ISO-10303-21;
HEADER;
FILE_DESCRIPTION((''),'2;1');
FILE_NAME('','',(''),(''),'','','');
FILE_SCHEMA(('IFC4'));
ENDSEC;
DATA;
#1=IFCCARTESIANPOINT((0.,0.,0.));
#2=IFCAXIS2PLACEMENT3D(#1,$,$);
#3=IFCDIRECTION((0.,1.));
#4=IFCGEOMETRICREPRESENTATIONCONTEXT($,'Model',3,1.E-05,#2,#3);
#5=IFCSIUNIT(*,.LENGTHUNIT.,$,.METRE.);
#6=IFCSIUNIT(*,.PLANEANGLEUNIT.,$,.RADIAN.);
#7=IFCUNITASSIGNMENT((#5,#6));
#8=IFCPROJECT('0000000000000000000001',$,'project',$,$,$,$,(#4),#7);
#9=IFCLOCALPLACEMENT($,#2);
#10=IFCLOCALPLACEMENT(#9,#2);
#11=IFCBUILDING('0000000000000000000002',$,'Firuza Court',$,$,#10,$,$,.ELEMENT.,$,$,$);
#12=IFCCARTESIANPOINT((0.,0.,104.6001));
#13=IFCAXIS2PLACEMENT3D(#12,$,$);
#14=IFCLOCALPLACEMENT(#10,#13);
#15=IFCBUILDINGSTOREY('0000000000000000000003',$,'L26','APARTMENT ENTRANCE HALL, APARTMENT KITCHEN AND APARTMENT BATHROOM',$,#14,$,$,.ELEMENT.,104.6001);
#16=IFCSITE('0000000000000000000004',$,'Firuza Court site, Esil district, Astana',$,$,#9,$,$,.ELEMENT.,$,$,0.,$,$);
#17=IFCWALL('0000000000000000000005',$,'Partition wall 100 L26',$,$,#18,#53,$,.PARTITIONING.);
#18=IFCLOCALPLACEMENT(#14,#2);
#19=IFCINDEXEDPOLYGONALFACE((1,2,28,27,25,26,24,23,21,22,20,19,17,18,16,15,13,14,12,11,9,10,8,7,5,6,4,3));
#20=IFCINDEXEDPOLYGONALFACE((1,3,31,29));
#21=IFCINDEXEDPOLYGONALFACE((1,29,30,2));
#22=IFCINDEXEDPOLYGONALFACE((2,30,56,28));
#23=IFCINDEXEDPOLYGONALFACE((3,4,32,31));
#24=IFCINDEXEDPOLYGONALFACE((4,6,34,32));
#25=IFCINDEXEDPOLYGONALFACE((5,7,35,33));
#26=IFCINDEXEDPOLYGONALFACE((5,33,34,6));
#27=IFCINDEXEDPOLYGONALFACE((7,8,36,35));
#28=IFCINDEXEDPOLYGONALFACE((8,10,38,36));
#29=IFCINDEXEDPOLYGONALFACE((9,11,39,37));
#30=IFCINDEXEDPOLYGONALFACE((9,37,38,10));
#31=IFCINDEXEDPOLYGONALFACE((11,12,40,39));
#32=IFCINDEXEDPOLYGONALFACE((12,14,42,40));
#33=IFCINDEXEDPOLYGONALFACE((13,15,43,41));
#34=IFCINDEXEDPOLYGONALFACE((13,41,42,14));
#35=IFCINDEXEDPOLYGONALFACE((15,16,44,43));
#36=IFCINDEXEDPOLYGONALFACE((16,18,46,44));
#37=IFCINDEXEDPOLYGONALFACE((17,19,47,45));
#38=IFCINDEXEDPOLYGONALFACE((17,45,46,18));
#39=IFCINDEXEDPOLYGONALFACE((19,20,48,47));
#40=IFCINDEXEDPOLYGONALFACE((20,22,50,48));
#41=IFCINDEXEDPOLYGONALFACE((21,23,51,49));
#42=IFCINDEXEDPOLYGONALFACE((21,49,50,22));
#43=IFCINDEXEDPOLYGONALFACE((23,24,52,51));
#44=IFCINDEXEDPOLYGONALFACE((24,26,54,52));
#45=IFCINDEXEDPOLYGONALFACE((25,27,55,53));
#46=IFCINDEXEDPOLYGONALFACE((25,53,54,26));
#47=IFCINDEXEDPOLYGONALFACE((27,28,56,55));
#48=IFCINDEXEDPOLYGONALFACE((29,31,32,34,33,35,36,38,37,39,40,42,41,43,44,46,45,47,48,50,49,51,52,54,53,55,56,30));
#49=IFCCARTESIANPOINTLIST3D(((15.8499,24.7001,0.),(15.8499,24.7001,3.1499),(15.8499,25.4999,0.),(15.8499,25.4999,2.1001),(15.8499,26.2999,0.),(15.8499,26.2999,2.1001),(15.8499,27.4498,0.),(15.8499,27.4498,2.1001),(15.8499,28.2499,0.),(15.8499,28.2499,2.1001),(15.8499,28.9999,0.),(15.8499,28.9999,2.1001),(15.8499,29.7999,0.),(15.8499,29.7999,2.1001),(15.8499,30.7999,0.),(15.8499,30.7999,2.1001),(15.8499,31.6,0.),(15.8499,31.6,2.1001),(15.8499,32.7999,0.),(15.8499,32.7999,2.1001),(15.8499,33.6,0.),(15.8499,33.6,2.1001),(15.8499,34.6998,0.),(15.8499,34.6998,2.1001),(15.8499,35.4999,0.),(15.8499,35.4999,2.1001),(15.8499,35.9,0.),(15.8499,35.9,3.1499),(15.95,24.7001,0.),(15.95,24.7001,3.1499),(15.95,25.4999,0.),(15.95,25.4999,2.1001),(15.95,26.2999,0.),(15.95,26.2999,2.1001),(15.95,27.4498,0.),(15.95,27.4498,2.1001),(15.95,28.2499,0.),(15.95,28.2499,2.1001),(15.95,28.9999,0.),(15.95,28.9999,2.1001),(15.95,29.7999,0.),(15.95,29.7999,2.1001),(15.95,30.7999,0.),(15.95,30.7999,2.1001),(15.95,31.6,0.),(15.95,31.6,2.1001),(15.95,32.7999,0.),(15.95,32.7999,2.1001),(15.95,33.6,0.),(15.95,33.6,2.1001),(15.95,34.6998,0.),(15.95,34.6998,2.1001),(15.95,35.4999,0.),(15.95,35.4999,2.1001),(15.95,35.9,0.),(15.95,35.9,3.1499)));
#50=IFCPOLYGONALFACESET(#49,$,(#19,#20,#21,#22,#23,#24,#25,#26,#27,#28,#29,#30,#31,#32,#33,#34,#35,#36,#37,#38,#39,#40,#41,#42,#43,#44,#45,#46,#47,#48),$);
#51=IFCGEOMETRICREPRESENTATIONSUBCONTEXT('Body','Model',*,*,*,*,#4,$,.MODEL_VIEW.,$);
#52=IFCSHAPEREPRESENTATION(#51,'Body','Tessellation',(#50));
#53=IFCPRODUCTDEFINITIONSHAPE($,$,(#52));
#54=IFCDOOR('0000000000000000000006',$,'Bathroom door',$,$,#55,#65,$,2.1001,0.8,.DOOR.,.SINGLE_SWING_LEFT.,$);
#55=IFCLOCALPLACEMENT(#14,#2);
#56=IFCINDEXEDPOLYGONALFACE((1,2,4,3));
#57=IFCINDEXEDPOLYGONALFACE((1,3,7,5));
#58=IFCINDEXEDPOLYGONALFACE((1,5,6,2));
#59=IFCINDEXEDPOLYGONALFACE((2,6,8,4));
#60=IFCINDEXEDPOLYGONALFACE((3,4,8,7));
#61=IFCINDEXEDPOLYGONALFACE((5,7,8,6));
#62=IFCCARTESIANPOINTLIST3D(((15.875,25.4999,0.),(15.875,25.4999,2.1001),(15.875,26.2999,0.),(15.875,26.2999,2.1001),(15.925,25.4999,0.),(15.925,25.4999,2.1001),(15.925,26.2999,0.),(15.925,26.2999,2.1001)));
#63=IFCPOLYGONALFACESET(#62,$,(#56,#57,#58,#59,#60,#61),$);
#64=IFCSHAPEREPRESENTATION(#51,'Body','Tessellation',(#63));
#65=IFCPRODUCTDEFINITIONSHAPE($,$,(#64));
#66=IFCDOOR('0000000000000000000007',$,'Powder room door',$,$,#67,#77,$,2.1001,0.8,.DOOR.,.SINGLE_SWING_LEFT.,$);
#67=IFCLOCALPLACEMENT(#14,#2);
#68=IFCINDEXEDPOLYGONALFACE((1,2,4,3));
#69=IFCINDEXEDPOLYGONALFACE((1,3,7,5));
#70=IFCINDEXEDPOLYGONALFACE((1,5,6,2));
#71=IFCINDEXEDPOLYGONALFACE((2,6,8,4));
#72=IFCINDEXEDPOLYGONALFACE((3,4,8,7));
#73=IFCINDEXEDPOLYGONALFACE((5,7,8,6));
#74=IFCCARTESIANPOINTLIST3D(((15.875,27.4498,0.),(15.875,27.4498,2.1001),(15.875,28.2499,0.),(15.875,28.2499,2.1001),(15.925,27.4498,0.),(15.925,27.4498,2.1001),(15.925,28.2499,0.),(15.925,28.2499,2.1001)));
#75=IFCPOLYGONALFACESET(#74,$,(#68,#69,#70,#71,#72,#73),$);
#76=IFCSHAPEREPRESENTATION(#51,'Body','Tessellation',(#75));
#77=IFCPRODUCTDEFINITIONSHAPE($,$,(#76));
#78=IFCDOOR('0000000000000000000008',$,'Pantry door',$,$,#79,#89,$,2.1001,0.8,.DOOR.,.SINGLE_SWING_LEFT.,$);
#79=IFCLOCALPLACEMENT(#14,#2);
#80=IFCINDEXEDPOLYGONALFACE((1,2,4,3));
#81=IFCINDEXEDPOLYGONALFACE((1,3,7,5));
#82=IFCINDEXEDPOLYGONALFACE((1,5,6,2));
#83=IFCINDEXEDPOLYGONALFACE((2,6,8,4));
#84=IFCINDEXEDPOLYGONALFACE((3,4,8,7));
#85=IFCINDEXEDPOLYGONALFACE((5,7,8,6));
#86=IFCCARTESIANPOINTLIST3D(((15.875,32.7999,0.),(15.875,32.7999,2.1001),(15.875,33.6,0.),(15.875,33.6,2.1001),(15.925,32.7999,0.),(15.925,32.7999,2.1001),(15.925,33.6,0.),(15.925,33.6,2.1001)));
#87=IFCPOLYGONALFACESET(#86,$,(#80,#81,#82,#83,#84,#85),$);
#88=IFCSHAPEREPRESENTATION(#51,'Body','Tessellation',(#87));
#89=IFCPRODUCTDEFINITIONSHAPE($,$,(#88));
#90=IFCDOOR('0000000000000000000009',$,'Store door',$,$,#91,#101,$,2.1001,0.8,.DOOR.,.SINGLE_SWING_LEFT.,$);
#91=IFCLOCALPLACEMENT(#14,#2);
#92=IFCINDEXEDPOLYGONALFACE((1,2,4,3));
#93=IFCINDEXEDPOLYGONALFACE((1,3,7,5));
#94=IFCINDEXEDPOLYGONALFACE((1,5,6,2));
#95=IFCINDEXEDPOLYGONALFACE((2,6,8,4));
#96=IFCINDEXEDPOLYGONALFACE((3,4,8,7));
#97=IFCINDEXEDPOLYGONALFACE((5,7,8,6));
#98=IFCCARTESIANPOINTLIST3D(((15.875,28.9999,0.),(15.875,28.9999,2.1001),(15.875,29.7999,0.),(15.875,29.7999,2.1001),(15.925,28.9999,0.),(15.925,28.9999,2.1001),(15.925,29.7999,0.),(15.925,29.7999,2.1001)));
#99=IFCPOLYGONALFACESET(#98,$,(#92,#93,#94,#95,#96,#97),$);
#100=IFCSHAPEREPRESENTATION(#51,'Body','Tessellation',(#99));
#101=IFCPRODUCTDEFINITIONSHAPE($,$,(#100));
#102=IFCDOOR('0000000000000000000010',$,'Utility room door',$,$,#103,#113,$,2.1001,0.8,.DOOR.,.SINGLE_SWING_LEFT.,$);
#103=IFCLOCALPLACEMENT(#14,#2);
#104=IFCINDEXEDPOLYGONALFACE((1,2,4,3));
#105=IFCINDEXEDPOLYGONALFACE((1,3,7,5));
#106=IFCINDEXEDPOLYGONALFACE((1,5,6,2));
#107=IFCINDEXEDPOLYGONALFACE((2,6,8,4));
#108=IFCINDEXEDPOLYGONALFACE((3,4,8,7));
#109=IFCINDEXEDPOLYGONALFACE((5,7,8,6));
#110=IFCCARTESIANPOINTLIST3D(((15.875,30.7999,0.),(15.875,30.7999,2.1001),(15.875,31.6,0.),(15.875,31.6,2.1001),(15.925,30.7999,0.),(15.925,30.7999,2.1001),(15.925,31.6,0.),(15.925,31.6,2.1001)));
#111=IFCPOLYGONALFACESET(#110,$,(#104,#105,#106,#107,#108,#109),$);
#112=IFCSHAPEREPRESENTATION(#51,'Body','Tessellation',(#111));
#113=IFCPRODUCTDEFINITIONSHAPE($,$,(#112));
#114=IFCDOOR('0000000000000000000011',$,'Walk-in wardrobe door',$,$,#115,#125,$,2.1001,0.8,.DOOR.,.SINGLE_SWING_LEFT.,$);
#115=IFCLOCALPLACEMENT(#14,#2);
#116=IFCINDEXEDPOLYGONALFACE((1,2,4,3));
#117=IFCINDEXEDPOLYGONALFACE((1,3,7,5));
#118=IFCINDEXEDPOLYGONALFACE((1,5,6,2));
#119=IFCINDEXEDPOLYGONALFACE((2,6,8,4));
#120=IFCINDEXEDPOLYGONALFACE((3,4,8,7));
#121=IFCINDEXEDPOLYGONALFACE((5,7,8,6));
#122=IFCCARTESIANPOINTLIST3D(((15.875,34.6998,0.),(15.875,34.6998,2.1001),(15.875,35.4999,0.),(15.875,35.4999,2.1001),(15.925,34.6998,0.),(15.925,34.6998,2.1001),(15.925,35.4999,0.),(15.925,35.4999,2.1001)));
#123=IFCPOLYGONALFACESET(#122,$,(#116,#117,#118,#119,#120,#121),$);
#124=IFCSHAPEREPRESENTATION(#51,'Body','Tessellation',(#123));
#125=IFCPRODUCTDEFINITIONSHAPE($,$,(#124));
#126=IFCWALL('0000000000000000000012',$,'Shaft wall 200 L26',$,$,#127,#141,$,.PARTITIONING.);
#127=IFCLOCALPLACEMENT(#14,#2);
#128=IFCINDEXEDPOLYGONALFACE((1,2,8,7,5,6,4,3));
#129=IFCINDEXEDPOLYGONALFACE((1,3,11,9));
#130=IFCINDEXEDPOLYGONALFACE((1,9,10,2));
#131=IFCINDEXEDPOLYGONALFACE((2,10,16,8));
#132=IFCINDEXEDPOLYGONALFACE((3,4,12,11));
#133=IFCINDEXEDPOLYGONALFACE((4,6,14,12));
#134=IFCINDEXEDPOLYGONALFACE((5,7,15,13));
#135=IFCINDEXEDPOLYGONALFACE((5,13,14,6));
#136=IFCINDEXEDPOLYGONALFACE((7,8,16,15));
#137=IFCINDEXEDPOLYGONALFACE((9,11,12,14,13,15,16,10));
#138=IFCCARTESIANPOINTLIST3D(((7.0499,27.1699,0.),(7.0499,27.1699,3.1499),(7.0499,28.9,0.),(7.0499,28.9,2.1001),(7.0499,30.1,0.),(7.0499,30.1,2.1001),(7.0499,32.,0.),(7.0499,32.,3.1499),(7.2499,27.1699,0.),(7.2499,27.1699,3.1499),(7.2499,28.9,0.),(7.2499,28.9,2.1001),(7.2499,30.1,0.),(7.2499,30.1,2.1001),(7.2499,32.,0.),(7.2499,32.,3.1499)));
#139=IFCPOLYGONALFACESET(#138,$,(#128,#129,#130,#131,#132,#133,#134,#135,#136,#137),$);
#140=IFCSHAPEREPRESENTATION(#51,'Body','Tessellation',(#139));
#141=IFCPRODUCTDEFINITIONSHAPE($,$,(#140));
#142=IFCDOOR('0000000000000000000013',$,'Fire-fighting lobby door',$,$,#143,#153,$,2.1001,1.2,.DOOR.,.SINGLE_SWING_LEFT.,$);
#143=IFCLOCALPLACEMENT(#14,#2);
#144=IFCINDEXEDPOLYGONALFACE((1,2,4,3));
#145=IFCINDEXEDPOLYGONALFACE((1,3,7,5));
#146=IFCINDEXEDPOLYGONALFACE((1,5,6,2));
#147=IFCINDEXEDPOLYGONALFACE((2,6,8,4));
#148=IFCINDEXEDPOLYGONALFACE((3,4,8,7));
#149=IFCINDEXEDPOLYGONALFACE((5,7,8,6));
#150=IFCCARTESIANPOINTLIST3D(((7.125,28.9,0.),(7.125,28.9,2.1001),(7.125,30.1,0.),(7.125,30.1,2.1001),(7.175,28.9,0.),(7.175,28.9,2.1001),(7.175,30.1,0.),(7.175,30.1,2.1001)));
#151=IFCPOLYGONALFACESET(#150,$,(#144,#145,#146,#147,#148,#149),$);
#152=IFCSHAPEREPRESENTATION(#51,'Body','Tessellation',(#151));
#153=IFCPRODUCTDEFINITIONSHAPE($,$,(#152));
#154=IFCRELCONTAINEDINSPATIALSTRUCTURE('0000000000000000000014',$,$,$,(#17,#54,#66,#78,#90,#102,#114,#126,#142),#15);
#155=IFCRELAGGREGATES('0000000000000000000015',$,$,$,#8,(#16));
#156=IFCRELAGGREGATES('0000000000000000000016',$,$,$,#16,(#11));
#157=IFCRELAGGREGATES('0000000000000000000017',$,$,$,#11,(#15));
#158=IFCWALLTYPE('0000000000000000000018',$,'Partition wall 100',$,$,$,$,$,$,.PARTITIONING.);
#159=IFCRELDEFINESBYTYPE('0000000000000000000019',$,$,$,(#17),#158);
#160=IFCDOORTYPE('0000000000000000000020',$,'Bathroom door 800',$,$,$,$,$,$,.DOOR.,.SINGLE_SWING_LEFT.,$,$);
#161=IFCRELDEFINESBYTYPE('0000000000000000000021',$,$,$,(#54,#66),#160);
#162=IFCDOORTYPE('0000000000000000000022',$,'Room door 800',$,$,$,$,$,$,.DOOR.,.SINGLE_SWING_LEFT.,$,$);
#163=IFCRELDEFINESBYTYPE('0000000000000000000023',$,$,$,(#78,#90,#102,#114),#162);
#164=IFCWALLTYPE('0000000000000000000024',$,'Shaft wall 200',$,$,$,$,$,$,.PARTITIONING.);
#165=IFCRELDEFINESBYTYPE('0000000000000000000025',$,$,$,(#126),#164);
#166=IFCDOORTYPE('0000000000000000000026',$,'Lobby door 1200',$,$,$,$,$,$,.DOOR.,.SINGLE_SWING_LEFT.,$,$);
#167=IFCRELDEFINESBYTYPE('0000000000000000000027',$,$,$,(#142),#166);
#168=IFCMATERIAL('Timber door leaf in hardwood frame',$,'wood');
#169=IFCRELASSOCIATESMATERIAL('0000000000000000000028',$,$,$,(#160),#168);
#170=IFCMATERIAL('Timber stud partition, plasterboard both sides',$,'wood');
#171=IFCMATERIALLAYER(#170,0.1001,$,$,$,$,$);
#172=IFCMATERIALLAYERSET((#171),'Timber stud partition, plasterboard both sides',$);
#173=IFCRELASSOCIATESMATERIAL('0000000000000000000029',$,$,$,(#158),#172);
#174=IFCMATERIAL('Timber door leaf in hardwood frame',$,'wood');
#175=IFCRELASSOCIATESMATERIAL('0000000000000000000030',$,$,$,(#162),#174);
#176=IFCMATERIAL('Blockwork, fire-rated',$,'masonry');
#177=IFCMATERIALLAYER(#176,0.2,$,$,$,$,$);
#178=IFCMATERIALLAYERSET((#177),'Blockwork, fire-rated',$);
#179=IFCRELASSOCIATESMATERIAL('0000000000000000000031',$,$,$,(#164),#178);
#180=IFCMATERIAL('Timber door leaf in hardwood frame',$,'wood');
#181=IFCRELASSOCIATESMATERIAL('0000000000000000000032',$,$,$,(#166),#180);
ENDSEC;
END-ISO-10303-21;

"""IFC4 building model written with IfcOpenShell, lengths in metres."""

from ifc_helpers import new_model, si_unit, direction, frame, frame_2d, origin, place, context, subcontext, project, spatial, rectangle, extrude, material, layer, layer_set, type_object, element, fill, save


model = new_model("IFC4")

# Units and contexts
model_context = context("Model", 3, precision=1e-05, world=origin(), true_north=direction((0.0, 1.0)))
body_context = subcontext(model_context, "Body", "Model", "MODEL_VIEW")
ifc_project = project(units=[si_unit("LENGTHUNIT", "METRE"), si_unit("PLANEANGLEUNIT", "RADIAN")], contexts=[model_context])

# Site, building, storey
site_placement = place(None, origin())
site = spatial("IfcSite", under=ifc_project, at=site_placement, Name="Firuza Court site, Esil district, Astana", CompositionType="ELEMENT", RefElevation=0.0)
building_placement = place(site_placement, origin())
building = spatial("IfcBuilding", under=site, at=building_placement, Name="Firuza Court", CompositionType="ELEMENT")
storey_placement = place(building_placement, frame((0.0, 0.0, 104.6001)))
storey = spatial("IfcBuildingStorey", under=building, at=storey_placement, Name="L26", Description="APARTMENT ENTRANCE HALL, APARTMENT KITCHEN AND APARTMENT BATHROOM", CompositionType="ELEMENT", Elevation=104.6001)

# Shared definitions
ifc_material_1 = material(Name="Timber door leaf in hardwood frame", Category="wood")
door_type_1 = type_object("IfcDoorType", Name="Bathroom door 800", OperationType="SINGLE_SWING_LEFT", PredefinedType="DOOR", material=ifc_material_1)

# Shared definitions
ifc_material_2 = material(Name="Timber stud partition, plasterboard both sides", Category="wood")
ifc_layer_1 = layer(ifc_material_2, 0.1001)
ifc_layer_set_1 = layer_set([ifc_layer_1], Name="Timber stud partition, plasterboard both sides")
wall_type_1 = type_object("IfcWallType", Name="Partition wall 100", PredefinedType="PARTITIONING", material=ifc_layer_set_1)

# Wall, openings, doors
wall_1_placement = place(storey_placement, frame((15.8999, 24.7, 0.0), z_axis=(0.0, 0.0, 1.0), x_axis=(0.0, 1.0, 0.0)))
wall_1 = element("IfcWall", 1, at=wall_1_placement, inside=storey, type_object=wall_type_1, Name="Partition wall 100 L26", PredefinedType="PARTITIONING", context=body_context, shape_type="SweptSolid", body=[
    extrude(rectangle(XDim=11.2, YDim=0.1001, at=frame_2d((5.6001, 0.0))), origin(), (0.0, 0.0, 1.0), 3.1499),
])
opening_1_placement = place(wall_1_placement, frame((0.8, 0.0, 0.0)))
opening_1 = element("IfcOpeningElement", 2, at=opening_1_placement, cuts=wall_1, PredefinedType="OPENING", context=body_context, shape_type="SweptSolid", body=[
    extrude(rectangle(XDim=0.8, YDim=2.1001, at=frame_2d((0.3999, 1.05))), frame((0.0, 0.062, 0.0), z_axis=(0.0, -1.0, 0.0), x_axis=(1.0, 0.0, 0.0)), (0.0, 0.0, 1.0), 0.124),
])
opening_2_placement = place(wall_1_placement, frame((8.1001, 0.0, 0.0)))
opening_2 = element("IfcOpeningElement", 3, at=opening_2_placement, cuts=wall_1, PredefinedType="OPENING", context=body_context, shape_type="SweptSolid", body=[
    extrude(rectangle(XDim=0.8, YDim=2.1001, at=frame_2d((0.3999, 1.05))), frame((0.0, 0.062, 0.0), z_axis=(0.0, -1.0, 0.0), x_axis=(1.0, 0.0, 0.0)), (0.0, 0.0, 1.0), 0.124),
])
opening_3_placement = place(wall_1_placement, frame((4.3, 0.0, 0.0)))
opening_3 = element("IfcOpeningElement", 4, at=opening_3_placement, cuts=wall_1, PredefinedType="OPENING", context=body_context, shape_type="SweptSolid", body=[
    extrude(rectangle(XDim=0.8, YDim=2.1001, at=frame_2d((0.3999, 1.05))), frame((0.0, 0.062, 0.0), z_axis=(0.0, -1.0, 0.0), x_axis=(1.0, 0.0, 0.0)), (0.0, 0.0, 1.0), 0.124),
])
opening_4_placement = place(wall_1_placement, frame((6.1001, 0.0, 0.0)))
opening_4 = element("IfcOpeningElement", 5, at=opening_4_placement, cuts=wall_1, PredefinedType="OPENING", context=body_context, shape_type="SweptSolid", body=[
    extrude(rectangle(XDim=0.8, YDim=2.1001, at=frame_2d((0.3999, 1.05))), frame((0.0, 0.062, 0.0), z_axis=(0.0, -1.0, 0.0), x_axis=(1.0, 0.0, 0.0)), (0.0, 0.0, 1.0), 0.124),
])
opening_5_placement = place(wall_1_placement, frame((10.0, 0.0, 0.0)))
opening_5 = element("IfcOpeningElement", 6, at=opening_5_placement, cuts=wall_1, PredefinedType="OPENING", context=body_context, shape_type="SweptSolid", body=[
    extrude(rectangle(XDim=0.8, YDim=2.1001, at=frame_2d((0.3999, 1.05))), frame((0.0, 0.062, 0.0), z_axis=(0.0, -1.0, 0.0), x_axis=(1.0, 0.0, 0.0)), (0.0, 0.0, 1.0), 0.124),
])
opening_6_placement = place(wall_1_placement, frame((2.75, 0.0, 0.0)))
opening_6 = element("IfcOpeningElement", 7, at=opening_6_placement, cuts=wall_1, PredefinedType="OPENING", context=body_context, shape_type="SweptSolid", body=[
    extrude(rectangle(XDim=0.8, YDim=2.1001, at=frame_2d((0.3999, 1.05))), frame((0.0, 0.062, 0.0), z_axis=(0.0, -1.0, 0.0), x_axis=(1.0, 0.0, 0.0)), (0.0, 0.0, 1.0), 0.124),
])
door_1_placement = place(opening_1_placement, origin())
door_1 = element("IfcDoor", 8, at=door_1_placement, inside=storey, type_object=door_type_1, Name="Bathroom door", OperationType="SINGLE_SWING_LEFT", OverallHeight=2.1001, OverallWidth=0.8, PredefinedType="DOOR", context=body_context, shape_type="SweptSolid", body=[
    extrude(rectangle(XDim=0.8, YDim=2.1001, at=frame_2d((0.3999, 1.05))), frame((0.0, 0.0249, 0.0), z_axis=(0.0, -1.0, 0.0), x_axis=(1.0, 0.0, 0.0)), (0.0, 0.0, 1.0), 0.05),
])
fill(opening_1, door_1)
door_2_placement = place(opening_6_placement, origin())
door_2 = element("IfcDoor", 9, at=door_2_placement, inside=storey, type_object=door_type_1, Name="Powder room door", OperationType="SINGLE_SWING_LEFT", OverallHeight=2.1001, OverallWidth=0.8, PredefinedType="DOOR", context=body_context, shape_type="SweptSolid", body=[
    extrude(rectangle(XDim=0.8, YDim=2.1001, at=frame_2d((0.3999, 1.05))), frame((0.0, 0.0249, 0.0), z_axis=(0.0, -1.0, 0.0), x_axis=(1.0, 0.0, 0.0)), (0.0, 0.0, 1.0), 0.05),
])
fill(opening_6, door_2)
ifc_material_3 = material(Name="Timber door leaf in hardwood frame", Category="wood")
door_type_2 = type_object("IfcDoorType", Name="Room door 800", OperationType="SINGLE_SWING_LEFT", PredefinedType="DOOR", material=ifc_material_3)
door_3_placement = place(opening_2_placement, origin())
door_3 = element("IfcDoor", 10, at=door_3_placement, inside=storey, type_object=door_type_2, Name="Pantry door", OperationType="SINGLE_SWING_LEFT", OverallHeight=2.1001, OverallWidth=0.8, PredefinedType="DOOR", context=body_context, shape_type="SweptSolid", body=[
    extrude(rectangle(XDim=0.8, YDim=2.1001, at=frame_2d((0.3999, 1.05))), frame((0.0, 0.0249, 0.0), z_axis=(0.0, -1.0, 0.0), x_axis=(1.0, 0.0, 0.0)), (0.0, 0.0, 1.0), 0.05),
])
fill(opening_2, door_3)
door_4_placement = place(opening_3_placement, origin())
door_4 = element("IfcDoor", 11, at=door_4_placement, inside=storey, type_object=door_type_2, Name="Store door", OperationType="SINGLE_SWING_LEFT", OverallHeight=2.1001, OverallWidth=0.8, PredefinedType="DOOR", context=body_context, shape_type="SweptSolid", body=[
    extrude(rectangle(XDim=0.8, YDim=2.1001, at=frame_2d((0.3999, 1.05))), frame((0.0, 0.0249, 0.0), z_axis=(0.0, -1.0, 0.0), x_axis=(1.0, 0.0, 0.0)), (0.0, 0.0, 1.0), 0.05),
])
fill(opening_3, door_4)
door_5_placement = place(opening_4_placement, origin())
door_5 = element("IfcDoor", 12, at=door_5_placement, inside=storey, type_object=door_type_2, Name="Utility room door", OperationType="SINGLE_SWING_LEFT", OverallHeight=2.1001, OverallWidth=0.8, PredefinedType="DOOR", context=body_context, shape_type="SweptSolid", body=[
    extrude(rectangle(XDim=0.8, YDim=2.1001, at=frame_2d((0.3999, 1.05))), frame((0.0, 0.0249, 0.0), z_axis=(0.0, -1.0, 0.0), x_axis=(1.0, 0.0, 0.0)), (0.0, 0.0, 1.0), 0.05),
])
fill(opening_4, door_5)
door_6_placement = place(opening_5_placement, origin())
door_6 = element("IfcDoor", 13, at=door_6_placement, inside=storey, type_object=door_type_2, Name="Walk-in wardrobe door", OperationType="SINGLE_SWING_LEFT", OverallHeight=2.1001, OverallWidth=0.8, PredefinedType="DOOR", context=body_context, shape_type="SweptSolid", body=[
    extrude(rectangle(XDim=0.8, YDim=2.1001, at=frame_2d((0.3999, 1.05))), frame((0.0, 0.0249, 0.0), z_axis=(0.0, -1.0, 0.0), x_axis=(1.0, 0.0, 0.0)), (0.0, 0.0, 1.0), 0.05),
])
fill(opening_5, door_6)

# Wall, opening, door
ifc_material_4 = material(Name="Blockwork, fire-rated", Category="masonry")
ifc_layer_2 = layer(ifc_material_4, 0.2)
ifc_layer_set_2 = layer_set([ifc_layer_2], Name="Blockwork, fire-rated")
wall_type_2 = type_object("IfcWallType", Name="Shaft wall 200", PredefinedType="PARTITIONING", material=ifc_layer_set_2)
wall_2_placement = place(storey_placement, frame((7.1499, 27.1699, 0.0), z_axis=(0.0, 0.0, 1.0), x_axis=(0.0, 1.0, 0.0)))
wall_2 = element("IfcWall", 14, at=wall_2_placement, inside=storey, type_object=wall_type_2, Name="Shaft wall 200 L26", PredefinedType="PARTITIONING", context=body_context, shape_type="SweptSolid", body=[
    extrude(rectangle(XDim=4.8301, YDim=0.2, at=frame_2d((2.415, 0.0))), origin(), (0.0, 0.0, 1.0), 3.1499),
])
opening_7_placement = place(wall_2_placement, frame((1.73, 0.0, 0.0)))
opening_7 = element("IfcOpeningElement", 15, at=opening_7_placement, cuts=wall_2, PredefinedType="OPENING", context=body_context, shape_type="SweptSolid", body=[
    extrude(rectangle(XDim=1.2, YDim=2.1001, at=frame_2d((0.6001, 1.05))), frame((0.0, 0.1118, 0.0), z_axis=(0.0, -1.0, 0.0), x_axis=(1.0, 0.0, 0.0)), (0.0, 0.0, 1.0), 0.2239),
])
ifc_material_5 = material(Name="Timber door leaf in hardwood frame", Category="wood")
door_type_3 = type_object("IfcDoorType", Name="Lobby door 1200", OperationType="SINGLE_SWING_LEFT", PredefinedType="DOOR", material=ifc_material_5)
door_7_placement = place(opening_7_placement, origin())
door_7 = element("IfcDoor", 16, at=door_7_placement, inside=storey, type_object=door_type_3, Name="Fire-fighting lobby door", OperationType="SINGLE_SWING_LEFT", OverallHeight=2.1001, OverallWidth=1.2, PredefinedType="DOOR", context=body_context, shape_type="SweptSolid", body=[
    extrude(rectangle(XDim=1.2, YDim=2.1001, at=frame_2d((0.6001, 1.05))), frame((0.0, 0.0249, 0.0), z_axis=(0.0, -1.0, 0.0), x_axis=(1.0, 0.0, 0.0)), (0.0, 0.0, 1.0), 0.05),
])
fill(opening_7, door_7)

save(model, "model.ifc")
